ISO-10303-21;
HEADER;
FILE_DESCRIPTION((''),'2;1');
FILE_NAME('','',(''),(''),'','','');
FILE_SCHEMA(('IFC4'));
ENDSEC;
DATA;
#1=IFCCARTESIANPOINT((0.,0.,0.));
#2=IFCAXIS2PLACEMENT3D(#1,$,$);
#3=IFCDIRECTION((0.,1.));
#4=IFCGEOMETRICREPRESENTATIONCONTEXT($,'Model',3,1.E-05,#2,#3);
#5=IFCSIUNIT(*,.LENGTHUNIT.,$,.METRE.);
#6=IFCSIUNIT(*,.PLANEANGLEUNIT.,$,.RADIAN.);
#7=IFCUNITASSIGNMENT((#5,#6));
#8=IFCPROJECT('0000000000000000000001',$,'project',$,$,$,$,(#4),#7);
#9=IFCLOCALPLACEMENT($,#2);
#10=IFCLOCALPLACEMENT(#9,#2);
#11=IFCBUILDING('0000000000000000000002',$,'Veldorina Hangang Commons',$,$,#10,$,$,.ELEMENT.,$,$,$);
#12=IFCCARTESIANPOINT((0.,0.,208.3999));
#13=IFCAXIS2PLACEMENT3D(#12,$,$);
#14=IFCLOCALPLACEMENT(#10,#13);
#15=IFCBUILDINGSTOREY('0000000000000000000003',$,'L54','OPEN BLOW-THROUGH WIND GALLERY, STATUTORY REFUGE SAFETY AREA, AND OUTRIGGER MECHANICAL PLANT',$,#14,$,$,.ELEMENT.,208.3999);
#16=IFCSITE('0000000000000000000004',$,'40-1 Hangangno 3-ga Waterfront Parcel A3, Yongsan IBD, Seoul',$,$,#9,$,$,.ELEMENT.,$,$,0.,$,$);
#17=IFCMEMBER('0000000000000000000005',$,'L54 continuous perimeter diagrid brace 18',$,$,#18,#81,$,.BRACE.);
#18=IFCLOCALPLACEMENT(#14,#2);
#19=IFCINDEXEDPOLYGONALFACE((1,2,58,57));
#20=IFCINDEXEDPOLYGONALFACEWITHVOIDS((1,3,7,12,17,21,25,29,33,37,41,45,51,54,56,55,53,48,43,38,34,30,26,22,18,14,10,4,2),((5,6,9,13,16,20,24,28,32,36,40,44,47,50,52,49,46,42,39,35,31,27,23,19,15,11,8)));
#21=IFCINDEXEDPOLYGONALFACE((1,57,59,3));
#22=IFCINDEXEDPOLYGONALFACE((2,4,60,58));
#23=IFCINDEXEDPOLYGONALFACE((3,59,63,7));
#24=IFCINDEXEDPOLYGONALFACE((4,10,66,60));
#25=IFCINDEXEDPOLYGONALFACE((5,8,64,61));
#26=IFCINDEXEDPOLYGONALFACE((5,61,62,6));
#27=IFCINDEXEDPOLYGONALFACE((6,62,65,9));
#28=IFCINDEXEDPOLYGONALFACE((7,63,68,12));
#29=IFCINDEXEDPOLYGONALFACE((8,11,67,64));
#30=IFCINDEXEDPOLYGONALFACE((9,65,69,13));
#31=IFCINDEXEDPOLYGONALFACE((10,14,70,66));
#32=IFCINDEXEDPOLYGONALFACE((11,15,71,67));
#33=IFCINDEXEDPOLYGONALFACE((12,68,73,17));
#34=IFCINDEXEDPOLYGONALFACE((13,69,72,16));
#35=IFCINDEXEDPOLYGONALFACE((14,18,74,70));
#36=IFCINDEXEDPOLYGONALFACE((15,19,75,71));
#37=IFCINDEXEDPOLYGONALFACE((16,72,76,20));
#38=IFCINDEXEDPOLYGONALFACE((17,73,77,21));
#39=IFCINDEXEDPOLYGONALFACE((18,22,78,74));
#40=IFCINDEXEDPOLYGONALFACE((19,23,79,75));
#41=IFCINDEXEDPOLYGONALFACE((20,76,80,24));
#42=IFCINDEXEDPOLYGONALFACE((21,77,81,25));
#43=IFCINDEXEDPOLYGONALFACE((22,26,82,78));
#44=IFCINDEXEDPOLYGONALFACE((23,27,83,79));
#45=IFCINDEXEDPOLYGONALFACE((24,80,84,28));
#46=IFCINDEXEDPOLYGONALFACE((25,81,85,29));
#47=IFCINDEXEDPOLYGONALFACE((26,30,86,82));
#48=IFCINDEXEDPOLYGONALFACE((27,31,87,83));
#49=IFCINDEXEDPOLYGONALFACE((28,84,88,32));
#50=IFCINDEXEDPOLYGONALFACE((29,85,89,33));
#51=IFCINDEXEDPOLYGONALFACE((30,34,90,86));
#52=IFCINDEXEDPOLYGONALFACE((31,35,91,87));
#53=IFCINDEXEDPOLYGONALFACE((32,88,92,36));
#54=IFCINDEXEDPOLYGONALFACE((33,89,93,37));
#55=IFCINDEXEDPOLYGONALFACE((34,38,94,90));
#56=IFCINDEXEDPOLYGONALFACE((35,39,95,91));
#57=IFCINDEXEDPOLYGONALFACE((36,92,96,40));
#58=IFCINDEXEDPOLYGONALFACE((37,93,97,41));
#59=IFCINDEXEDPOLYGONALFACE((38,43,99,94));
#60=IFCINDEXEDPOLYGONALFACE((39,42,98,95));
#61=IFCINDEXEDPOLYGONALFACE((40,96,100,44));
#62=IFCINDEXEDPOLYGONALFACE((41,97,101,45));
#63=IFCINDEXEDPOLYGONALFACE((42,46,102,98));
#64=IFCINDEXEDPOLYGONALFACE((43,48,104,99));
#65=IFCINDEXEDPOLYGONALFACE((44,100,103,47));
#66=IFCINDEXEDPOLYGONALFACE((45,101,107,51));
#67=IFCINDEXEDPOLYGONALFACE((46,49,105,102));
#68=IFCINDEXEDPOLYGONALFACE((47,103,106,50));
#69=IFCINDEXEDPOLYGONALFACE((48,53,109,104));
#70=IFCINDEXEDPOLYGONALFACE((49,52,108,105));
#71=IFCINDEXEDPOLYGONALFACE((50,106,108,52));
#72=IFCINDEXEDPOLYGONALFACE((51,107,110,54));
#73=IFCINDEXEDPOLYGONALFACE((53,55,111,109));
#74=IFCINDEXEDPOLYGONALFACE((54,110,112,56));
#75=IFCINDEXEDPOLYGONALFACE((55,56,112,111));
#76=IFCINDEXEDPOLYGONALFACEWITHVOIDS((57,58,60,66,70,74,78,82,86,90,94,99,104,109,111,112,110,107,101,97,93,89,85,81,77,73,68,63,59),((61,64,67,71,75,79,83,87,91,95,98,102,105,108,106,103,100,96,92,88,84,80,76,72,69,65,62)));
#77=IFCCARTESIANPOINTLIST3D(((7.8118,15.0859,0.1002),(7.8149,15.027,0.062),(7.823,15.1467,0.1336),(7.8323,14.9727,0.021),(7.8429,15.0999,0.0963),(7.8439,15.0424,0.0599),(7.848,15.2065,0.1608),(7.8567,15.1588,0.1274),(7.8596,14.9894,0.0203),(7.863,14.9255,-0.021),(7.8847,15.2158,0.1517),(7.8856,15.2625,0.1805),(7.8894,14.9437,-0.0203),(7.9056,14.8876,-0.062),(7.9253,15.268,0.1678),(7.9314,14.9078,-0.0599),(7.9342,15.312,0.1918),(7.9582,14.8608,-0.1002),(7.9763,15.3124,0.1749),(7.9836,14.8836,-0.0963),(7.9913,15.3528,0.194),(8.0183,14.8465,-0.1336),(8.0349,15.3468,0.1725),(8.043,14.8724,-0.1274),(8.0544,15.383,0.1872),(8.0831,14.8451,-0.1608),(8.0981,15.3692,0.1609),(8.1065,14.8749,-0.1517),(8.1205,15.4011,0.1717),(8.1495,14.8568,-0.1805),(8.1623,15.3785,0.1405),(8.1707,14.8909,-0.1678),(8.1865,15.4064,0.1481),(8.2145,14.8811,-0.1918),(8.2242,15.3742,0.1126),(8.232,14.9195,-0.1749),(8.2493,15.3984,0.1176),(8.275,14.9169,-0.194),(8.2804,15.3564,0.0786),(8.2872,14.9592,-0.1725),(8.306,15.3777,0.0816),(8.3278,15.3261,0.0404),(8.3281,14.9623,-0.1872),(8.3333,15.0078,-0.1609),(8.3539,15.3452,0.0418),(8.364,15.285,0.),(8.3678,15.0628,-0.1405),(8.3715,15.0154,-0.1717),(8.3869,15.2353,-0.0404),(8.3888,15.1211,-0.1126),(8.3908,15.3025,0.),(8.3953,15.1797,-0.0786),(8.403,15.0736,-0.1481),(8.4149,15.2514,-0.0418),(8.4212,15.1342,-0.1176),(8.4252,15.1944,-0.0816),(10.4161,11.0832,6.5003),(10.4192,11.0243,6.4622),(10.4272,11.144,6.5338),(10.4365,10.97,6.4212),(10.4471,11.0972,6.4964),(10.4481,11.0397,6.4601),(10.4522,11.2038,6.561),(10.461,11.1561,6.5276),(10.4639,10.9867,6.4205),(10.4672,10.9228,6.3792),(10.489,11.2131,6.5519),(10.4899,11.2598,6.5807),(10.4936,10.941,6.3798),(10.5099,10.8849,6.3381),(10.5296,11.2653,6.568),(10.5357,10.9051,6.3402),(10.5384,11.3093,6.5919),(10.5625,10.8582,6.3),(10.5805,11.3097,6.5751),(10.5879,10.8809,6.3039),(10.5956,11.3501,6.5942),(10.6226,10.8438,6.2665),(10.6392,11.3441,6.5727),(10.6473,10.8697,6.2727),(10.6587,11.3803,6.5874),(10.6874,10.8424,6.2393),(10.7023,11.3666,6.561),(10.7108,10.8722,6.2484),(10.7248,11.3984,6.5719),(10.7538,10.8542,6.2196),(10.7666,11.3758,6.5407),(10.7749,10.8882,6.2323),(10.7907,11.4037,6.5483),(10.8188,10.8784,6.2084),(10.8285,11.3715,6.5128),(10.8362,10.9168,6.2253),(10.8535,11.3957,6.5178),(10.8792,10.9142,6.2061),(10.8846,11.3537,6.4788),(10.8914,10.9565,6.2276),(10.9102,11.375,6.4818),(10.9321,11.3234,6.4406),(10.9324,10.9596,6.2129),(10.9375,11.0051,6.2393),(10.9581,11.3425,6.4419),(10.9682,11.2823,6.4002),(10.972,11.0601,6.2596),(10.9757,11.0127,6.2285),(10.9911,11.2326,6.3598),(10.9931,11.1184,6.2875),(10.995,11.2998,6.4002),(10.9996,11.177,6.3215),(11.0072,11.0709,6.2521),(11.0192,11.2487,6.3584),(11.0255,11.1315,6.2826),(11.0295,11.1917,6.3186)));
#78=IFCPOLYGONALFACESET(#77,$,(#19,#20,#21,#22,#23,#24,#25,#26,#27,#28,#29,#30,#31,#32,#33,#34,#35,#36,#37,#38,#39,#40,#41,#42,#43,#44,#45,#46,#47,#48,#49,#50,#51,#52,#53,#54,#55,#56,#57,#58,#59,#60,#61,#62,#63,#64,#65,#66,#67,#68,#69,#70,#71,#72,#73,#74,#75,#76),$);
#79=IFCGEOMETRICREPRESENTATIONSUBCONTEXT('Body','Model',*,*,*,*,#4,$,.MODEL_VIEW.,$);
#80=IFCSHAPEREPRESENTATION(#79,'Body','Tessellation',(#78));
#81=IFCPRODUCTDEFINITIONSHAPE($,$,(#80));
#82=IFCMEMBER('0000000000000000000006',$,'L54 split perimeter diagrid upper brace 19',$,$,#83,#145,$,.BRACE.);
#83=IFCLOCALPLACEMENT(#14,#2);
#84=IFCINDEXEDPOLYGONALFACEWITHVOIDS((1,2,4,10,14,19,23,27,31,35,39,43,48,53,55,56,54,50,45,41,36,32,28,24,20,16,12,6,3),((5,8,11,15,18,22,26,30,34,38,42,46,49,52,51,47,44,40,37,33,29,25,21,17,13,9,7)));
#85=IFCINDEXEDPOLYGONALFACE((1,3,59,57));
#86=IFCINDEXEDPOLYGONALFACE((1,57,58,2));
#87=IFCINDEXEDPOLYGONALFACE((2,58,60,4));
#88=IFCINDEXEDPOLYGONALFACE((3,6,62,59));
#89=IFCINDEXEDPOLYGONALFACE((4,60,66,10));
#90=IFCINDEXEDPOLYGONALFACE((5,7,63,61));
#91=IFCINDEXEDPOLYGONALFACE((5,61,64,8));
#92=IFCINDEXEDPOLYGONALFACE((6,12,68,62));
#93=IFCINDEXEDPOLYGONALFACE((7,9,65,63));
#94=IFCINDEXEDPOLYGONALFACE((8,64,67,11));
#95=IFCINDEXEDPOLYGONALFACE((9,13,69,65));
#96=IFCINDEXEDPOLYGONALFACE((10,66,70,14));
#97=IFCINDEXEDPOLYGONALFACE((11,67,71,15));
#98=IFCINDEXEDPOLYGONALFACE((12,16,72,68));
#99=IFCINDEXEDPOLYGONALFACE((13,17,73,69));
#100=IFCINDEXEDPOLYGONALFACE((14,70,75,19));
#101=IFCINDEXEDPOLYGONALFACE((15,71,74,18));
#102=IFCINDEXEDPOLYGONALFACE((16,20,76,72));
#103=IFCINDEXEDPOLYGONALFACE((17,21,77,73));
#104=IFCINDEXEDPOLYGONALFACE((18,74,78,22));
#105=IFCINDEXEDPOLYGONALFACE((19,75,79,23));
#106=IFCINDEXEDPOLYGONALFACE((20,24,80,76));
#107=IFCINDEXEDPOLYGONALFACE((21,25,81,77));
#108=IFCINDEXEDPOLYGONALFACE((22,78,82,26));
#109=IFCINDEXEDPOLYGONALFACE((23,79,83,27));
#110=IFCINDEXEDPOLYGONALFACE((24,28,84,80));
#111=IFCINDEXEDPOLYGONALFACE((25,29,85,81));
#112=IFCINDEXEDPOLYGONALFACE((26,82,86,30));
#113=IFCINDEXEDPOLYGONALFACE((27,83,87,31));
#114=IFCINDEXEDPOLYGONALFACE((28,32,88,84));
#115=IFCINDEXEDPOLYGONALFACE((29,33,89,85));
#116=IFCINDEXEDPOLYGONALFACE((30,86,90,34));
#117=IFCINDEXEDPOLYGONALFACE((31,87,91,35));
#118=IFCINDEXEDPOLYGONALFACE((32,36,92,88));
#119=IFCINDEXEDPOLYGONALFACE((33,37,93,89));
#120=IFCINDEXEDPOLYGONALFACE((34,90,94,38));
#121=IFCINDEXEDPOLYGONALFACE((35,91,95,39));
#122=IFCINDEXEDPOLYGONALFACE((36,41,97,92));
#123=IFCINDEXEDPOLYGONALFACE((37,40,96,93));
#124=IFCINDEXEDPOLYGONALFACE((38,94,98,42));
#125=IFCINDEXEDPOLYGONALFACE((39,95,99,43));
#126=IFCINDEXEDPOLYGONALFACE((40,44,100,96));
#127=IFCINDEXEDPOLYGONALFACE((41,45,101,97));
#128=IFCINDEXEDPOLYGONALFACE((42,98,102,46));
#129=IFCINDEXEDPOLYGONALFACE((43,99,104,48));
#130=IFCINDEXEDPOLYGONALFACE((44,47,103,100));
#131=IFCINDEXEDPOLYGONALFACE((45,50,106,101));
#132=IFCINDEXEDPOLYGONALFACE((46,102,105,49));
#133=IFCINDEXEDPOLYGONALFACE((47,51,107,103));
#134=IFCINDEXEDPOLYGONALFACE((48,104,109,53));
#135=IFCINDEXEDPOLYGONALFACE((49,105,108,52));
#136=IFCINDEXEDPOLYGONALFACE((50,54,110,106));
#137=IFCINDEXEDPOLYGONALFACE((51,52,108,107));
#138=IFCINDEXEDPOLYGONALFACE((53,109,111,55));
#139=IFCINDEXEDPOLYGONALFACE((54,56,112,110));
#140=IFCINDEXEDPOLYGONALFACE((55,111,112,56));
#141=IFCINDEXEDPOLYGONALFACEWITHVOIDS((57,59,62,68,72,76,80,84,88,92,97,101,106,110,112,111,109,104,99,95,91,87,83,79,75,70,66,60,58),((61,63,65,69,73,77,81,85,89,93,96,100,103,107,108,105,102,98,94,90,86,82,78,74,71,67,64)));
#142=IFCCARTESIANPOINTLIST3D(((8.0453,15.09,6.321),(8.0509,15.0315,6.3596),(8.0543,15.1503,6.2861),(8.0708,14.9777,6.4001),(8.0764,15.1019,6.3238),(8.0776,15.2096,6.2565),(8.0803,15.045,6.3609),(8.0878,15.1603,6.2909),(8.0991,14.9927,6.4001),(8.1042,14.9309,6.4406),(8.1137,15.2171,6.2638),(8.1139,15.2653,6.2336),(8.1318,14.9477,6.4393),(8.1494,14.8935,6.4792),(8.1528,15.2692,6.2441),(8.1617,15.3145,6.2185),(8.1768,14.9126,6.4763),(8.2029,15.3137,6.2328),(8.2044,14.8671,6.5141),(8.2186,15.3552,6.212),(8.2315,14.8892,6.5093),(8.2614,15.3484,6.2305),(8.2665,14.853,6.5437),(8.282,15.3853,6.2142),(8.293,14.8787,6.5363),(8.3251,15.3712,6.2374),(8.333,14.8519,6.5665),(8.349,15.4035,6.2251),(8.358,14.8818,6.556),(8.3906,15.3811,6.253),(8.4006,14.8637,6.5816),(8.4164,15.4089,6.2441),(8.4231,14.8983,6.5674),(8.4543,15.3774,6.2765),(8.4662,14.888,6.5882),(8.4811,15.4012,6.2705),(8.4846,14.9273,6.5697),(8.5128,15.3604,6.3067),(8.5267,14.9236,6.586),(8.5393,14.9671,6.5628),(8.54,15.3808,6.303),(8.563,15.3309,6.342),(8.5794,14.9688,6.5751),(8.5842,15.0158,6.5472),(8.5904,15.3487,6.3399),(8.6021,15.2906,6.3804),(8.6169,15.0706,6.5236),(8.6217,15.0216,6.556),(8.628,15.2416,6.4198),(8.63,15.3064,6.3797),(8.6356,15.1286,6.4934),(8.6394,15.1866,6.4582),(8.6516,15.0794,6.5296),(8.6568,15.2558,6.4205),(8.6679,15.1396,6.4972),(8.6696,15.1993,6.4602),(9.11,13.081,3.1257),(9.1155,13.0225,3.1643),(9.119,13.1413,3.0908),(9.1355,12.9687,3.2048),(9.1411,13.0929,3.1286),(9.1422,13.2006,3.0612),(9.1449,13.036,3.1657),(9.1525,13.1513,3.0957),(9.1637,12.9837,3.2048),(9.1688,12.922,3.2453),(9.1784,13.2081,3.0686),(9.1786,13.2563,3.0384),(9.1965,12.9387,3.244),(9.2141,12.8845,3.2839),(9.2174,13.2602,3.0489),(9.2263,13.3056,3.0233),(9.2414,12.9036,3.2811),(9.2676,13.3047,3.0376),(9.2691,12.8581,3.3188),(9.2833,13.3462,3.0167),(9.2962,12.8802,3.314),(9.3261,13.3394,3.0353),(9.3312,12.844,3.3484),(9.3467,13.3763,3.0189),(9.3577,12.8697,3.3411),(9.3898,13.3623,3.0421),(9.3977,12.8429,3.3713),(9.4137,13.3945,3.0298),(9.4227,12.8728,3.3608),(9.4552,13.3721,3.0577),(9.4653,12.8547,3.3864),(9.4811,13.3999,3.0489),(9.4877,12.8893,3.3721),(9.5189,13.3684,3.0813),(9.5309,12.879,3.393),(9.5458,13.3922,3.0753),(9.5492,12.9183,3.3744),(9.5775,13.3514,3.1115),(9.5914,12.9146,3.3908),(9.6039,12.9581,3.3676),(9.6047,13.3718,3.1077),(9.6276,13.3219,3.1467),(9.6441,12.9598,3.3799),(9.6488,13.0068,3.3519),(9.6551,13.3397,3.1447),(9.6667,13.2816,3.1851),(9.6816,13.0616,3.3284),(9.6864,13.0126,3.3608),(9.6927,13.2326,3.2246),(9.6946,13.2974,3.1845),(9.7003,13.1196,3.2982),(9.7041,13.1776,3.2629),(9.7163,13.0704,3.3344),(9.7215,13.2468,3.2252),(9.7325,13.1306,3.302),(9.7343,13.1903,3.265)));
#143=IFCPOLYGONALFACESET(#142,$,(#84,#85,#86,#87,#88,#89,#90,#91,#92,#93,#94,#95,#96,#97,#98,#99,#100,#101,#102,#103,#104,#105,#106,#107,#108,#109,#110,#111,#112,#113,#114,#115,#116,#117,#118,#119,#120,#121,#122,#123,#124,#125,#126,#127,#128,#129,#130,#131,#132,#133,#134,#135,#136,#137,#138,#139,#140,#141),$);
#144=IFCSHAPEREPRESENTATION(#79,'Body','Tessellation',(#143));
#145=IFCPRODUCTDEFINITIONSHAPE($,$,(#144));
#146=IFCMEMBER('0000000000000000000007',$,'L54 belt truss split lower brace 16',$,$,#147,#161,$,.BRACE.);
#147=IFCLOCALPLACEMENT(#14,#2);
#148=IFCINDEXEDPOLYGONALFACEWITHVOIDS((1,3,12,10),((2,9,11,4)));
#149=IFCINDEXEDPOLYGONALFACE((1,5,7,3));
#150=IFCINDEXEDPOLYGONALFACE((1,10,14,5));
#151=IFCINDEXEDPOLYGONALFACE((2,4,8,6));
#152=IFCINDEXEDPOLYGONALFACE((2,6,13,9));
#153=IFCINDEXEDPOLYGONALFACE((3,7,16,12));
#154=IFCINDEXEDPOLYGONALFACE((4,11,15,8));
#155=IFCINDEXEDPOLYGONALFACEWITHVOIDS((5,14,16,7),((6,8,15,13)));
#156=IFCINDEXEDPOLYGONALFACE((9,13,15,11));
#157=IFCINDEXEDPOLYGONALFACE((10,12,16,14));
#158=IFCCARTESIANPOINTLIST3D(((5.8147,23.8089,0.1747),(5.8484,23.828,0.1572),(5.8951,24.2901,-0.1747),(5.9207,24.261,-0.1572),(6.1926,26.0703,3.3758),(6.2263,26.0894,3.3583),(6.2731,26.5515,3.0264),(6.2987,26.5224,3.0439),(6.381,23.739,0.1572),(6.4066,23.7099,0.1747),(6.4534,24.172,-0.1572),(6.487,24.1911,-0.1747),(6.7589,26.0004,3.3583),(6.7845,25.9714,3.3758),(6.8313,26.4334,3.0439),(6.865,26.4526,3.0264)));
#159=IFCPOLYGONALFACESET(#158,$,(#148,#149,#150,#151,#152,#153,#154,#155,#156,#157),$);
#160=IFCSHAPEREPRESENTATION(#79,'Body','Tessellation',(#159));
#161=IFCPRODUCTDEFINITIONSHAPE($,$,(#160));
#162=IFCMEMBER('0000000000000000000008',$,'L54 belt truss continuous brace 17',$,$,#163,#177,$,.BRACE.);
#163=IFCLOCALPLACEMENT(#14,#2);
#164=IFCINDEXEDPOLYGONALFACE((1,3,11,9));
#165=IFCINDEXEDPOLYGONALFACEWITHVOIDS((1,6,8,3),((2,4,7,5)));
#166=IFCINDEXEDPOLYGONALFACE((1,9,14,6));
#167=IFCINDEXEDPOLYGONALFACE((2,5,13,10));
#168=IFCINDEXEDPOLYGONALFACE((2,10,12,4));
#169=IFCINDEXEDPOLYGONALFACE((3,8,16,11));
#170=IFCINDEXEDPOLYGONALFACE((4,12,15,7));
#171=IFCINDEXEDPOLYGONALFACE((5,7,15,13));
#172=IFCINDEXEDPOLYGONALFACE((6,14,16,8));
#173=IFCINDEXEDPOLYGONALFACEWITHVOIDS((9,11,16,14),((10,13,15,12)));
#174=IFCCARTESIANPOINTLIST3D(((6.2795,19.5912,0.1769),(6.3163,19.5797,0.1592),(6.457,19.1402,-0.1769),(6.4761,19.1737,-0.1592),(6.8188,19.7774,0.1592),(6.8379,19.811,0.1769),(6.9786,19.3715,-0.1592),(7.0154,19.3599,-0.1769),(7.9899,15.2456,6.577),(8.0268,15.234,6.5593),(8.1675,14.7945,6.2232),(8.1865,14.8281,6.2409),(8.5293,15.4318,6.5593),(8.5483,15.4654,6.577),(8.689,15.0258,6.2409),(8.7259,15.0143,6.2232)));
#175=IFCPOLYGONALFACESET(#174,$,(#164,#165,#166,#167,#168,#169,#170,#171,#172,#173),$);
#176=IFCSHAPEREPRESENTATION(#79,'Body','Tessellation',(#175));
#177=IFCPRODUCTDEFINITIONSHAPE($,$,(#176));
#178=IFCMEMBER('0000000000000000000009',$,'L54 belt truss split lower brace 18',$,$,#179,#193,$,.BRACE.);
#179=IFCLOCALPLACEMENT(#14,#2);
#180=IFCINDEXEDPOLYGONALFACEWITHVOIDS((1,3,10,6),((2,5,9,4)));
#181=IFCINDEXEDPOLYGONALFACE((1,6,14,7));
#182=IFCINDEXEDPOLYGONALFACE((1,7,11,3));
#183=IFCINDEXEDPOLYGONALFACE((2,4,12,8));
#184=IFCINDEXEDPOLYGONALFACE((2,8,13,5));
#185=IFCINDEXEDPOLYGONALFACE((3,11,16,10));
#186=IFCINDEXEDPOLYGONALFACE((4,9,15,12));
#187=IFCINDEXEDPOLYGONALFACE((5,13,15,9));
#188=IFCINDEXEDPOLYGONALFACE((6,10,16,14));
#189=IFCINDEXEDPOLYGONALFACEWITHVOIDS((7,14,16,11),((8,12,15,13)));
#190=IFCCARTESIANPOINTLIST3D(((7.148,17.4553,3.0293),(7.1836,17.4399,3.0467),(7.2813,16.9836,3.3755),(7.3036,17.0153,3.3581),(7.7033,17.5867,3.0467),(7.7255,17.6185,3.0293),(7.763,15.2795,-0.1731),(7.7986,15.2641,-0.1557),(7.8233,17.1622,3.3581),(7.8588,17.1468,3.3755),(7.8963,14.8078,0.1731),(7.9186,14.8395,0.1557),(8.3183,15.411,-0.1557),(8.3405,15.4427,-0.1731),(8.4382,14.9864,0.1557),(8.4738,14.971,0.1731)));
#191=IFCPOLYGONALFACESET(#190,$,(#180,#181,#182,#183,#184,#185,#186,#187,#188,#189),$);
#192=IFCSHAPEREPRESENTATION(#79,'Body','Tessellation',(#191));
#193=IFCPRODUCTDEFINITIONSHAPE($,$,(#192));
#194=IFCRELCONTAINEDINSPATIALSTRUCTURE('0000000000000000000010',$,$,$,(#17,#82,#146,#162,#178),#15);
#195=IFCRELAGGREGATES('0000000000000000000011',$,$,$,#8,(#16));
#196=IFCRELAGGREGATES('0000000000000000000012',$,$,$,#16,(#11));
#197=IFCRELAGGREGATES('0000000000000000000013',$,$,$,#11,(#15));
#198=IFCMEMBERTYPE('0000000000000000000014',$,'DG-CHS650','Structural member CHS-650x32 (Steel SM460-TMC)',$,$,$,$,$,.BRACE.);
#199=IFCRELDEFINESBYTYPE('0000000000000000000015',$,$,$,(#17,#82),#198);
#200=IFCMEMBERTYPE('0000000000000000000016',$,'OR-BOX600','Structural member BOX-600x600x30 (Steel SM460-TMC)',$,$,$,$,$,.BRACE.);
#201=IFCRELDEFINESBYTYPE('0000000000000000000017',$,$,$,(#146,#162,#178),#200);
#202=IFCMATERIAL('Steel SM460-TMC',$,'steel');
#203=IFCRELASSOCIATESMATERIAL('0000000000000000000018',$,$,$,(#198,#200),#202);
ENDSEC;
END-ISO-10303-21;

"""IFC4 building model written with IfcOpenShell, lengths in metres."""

from ifc_helpers import new_model, si_unit, direction, frame, origin, origin_2d, place, context, subcontext, project, spatial, hollow_rectangle, hollow_circle, extrude, material, material_profile, profile_set, type_object, element, save


model = new_model("IFC4")

# Units and contexts
model_context = context("Model", 3, precision=1e-05, world=origin(), true_north=direction((0.0, 1.0)))
body_context = subcontext(model_context, "Body", "Model", "MODEL_VIEW")
ifc_project = project(units=[si_unit("LENGTHUNIT", "METRE"), si_unit("PLANEANGLEUNIT", "RADIAN")], contexts=[model_context])

# Site, building, storey
site_placement = place(None, origin())
site = spatial("IfcSite", under=ifc_project, at=site_placement, Name="40-1 Hangangno 3-ga Waterfront Parcel A3, Yongsan IBD, Seoul", CompositionType="ELEMENT", RefElevation=0.0)
building_placement = place(site_placement, origin())
building = spatial("IfcBuilding", under=site, at=building_placement, Name="Veldorina Hangang Commons", CompositionType="ELEMENT")
storey_placement = place(building_placement, frame((0.0, 0.0, 208.3999)))
storey = spatial("IfcBuildingStorey", under=building, at=storey_placement, Name="L54", Description="OPEN BLOW-THROUGH WIND GALLERY, STATUTORY REFUGE SAFETY AREA, AND OUTRIGGER MECHANICAL PLANT", CompositionType="ELEMENT", Elevation=208.3999)

# Shared definitions
ifc_material_1 = material(Name="Steel SM460-TMC", Category="steel")

# Members
ifc_material_profile_1 = material_profile(ifc_material_1, hollow_circle(Radius=0.325, WallThickness=0.032, at=origin_2d()), Name="CHS-650x32")
ifc_profile_set_1 = profile_set([ifc_material_profile_1], Name="Steel SM460-TMC")
member_type_1 = type_object("IfcMemberType", Name="DG-CHS650", Description="Structural member CHS-650x32 (Steel SM460-TMC)", PredefinedType="BRACE", material=ifc_profile_set_1)
member_1_placement = place(storey_placement, frame((8.1184, 15.1252, 0.0), z_axis=(0.326129, -0.501255, 0.801488), x_axis=(0.838204, 0.545357, 0.0)))
element("IfcMember", 1, at=member_1_placement, inside=storey, type_object=member_type_1, Name="L54 continuous perimeter diagrid brace 18", PredefinedType="BRACE", context=body_context, shape_type="SweptSolid", body=[
    extrude(hollow_circle(Radius=0.325, WallThickness=0.032, at=origin_2d()), origin(), (0.0, 0.0, 1.0), 7.9854),
])
member_2_placement = place(storey_placement, frame((9.4226, 13.1208, 3.2048), z_axis=(-0.271488, 0.512285, 0.814775), x_axis=(-0.883589, -0.468263, 0.0)))
element("IfcMember", 2, at=member_2_placement, inside=storey, type_object=member_type_1, Name="L54 split perimeter diagrid upper brace 19", PredefinedType="BRACE", context=body_context, shape_type="SweptSolid", body=[
    extrude(hollow_circle(Radius=0.325, WallThickness=0.032, at=origin_2d()), origin(), (0.0, 0.0, 1.0), 3.9216),
])
ifc_material_profile_2 = material_profile(ifc_material_1, hollow_rectangle(XDim=0.6001, YDim=0.6001, WallThickness=0.03, at=origin_2d()), Name="BOX-600x600x30")
ifc_profile_set_2 = profile_set([ifc_material_profile_2], Name="Steel SM460-TMC")
member_type_2 = type_object("IfcMemberType", Name="OR-BOX600", Description="Structural member BOX-600x600x30 (Steel SM460-TMC)", PredefinedType="BRACE", material=ifc_profile_set_2)
member_3_placement = place(storey_placement, frame((6.1509, 24.0, 0.0), z_axis=(0.09598, 0.57433, 0.812978), x_axis=(-0.986322, 0.164831, 0.0)))
element("IfcMember", 3, at=member_3_placement, inside=storey, type_object=member_type_2, Name="L54 belt truss split lower brace 16", PredefinedType="BRACE", context=body_context, shape_type="SweptSolid", body=[
    extrude(hollow_rectangle(XDim=0.6001, YDim=0.6001, WallThickness=0.03, at=origin_2d()), origin(), (0.0, 0.0, 1.0), 3.9375),
])
member_4_placement = place(storey_placement, frame((6.6475, 19.4756, 0.0), z_axis=(0.215886, -0.548498, 0.807802), x_axis=(0.930517, 0.366247, 0.0)))
element("IfcMember", 4, at=member_4_placement, inside=storey, type_object=member_type_2, Name="L54 belt truss continuous brace 17", PredefinedType="BRACE", context=body_context, shape_type="SweptSolid", body=[
    extrude(hollow_rectangle(XDim=0.6001, YDim=0.6001, WallThickness=0.03, at=origin_2d()), origin(), (0.0, 0.0, 1.0), 7.9229),
])
member_5_placement = place(storey_placement, frame((8.1184, 15.1252, 0.0), z_axis=(-0.156879, 0.555025, 0.816906), x_axis=(-0.962298, -0.271996, 0.0)))
element("IfcMember", 5, at=member_5_placement, inside=storey, type_object=member_type_2, Name="L54 belt truss split lower brace 18", PredefinedType="BRACE", context=body_context, shape_type="SweptSolid", body=[
    extrude(hollow_rectangle(XDim=0.6001, YDim=0.6001, WallThickness=0.03, at=origin_2d()), origin(), (0.0, 0.0, 1.0), 3.9202),
])

save(model, "model.ifc")
